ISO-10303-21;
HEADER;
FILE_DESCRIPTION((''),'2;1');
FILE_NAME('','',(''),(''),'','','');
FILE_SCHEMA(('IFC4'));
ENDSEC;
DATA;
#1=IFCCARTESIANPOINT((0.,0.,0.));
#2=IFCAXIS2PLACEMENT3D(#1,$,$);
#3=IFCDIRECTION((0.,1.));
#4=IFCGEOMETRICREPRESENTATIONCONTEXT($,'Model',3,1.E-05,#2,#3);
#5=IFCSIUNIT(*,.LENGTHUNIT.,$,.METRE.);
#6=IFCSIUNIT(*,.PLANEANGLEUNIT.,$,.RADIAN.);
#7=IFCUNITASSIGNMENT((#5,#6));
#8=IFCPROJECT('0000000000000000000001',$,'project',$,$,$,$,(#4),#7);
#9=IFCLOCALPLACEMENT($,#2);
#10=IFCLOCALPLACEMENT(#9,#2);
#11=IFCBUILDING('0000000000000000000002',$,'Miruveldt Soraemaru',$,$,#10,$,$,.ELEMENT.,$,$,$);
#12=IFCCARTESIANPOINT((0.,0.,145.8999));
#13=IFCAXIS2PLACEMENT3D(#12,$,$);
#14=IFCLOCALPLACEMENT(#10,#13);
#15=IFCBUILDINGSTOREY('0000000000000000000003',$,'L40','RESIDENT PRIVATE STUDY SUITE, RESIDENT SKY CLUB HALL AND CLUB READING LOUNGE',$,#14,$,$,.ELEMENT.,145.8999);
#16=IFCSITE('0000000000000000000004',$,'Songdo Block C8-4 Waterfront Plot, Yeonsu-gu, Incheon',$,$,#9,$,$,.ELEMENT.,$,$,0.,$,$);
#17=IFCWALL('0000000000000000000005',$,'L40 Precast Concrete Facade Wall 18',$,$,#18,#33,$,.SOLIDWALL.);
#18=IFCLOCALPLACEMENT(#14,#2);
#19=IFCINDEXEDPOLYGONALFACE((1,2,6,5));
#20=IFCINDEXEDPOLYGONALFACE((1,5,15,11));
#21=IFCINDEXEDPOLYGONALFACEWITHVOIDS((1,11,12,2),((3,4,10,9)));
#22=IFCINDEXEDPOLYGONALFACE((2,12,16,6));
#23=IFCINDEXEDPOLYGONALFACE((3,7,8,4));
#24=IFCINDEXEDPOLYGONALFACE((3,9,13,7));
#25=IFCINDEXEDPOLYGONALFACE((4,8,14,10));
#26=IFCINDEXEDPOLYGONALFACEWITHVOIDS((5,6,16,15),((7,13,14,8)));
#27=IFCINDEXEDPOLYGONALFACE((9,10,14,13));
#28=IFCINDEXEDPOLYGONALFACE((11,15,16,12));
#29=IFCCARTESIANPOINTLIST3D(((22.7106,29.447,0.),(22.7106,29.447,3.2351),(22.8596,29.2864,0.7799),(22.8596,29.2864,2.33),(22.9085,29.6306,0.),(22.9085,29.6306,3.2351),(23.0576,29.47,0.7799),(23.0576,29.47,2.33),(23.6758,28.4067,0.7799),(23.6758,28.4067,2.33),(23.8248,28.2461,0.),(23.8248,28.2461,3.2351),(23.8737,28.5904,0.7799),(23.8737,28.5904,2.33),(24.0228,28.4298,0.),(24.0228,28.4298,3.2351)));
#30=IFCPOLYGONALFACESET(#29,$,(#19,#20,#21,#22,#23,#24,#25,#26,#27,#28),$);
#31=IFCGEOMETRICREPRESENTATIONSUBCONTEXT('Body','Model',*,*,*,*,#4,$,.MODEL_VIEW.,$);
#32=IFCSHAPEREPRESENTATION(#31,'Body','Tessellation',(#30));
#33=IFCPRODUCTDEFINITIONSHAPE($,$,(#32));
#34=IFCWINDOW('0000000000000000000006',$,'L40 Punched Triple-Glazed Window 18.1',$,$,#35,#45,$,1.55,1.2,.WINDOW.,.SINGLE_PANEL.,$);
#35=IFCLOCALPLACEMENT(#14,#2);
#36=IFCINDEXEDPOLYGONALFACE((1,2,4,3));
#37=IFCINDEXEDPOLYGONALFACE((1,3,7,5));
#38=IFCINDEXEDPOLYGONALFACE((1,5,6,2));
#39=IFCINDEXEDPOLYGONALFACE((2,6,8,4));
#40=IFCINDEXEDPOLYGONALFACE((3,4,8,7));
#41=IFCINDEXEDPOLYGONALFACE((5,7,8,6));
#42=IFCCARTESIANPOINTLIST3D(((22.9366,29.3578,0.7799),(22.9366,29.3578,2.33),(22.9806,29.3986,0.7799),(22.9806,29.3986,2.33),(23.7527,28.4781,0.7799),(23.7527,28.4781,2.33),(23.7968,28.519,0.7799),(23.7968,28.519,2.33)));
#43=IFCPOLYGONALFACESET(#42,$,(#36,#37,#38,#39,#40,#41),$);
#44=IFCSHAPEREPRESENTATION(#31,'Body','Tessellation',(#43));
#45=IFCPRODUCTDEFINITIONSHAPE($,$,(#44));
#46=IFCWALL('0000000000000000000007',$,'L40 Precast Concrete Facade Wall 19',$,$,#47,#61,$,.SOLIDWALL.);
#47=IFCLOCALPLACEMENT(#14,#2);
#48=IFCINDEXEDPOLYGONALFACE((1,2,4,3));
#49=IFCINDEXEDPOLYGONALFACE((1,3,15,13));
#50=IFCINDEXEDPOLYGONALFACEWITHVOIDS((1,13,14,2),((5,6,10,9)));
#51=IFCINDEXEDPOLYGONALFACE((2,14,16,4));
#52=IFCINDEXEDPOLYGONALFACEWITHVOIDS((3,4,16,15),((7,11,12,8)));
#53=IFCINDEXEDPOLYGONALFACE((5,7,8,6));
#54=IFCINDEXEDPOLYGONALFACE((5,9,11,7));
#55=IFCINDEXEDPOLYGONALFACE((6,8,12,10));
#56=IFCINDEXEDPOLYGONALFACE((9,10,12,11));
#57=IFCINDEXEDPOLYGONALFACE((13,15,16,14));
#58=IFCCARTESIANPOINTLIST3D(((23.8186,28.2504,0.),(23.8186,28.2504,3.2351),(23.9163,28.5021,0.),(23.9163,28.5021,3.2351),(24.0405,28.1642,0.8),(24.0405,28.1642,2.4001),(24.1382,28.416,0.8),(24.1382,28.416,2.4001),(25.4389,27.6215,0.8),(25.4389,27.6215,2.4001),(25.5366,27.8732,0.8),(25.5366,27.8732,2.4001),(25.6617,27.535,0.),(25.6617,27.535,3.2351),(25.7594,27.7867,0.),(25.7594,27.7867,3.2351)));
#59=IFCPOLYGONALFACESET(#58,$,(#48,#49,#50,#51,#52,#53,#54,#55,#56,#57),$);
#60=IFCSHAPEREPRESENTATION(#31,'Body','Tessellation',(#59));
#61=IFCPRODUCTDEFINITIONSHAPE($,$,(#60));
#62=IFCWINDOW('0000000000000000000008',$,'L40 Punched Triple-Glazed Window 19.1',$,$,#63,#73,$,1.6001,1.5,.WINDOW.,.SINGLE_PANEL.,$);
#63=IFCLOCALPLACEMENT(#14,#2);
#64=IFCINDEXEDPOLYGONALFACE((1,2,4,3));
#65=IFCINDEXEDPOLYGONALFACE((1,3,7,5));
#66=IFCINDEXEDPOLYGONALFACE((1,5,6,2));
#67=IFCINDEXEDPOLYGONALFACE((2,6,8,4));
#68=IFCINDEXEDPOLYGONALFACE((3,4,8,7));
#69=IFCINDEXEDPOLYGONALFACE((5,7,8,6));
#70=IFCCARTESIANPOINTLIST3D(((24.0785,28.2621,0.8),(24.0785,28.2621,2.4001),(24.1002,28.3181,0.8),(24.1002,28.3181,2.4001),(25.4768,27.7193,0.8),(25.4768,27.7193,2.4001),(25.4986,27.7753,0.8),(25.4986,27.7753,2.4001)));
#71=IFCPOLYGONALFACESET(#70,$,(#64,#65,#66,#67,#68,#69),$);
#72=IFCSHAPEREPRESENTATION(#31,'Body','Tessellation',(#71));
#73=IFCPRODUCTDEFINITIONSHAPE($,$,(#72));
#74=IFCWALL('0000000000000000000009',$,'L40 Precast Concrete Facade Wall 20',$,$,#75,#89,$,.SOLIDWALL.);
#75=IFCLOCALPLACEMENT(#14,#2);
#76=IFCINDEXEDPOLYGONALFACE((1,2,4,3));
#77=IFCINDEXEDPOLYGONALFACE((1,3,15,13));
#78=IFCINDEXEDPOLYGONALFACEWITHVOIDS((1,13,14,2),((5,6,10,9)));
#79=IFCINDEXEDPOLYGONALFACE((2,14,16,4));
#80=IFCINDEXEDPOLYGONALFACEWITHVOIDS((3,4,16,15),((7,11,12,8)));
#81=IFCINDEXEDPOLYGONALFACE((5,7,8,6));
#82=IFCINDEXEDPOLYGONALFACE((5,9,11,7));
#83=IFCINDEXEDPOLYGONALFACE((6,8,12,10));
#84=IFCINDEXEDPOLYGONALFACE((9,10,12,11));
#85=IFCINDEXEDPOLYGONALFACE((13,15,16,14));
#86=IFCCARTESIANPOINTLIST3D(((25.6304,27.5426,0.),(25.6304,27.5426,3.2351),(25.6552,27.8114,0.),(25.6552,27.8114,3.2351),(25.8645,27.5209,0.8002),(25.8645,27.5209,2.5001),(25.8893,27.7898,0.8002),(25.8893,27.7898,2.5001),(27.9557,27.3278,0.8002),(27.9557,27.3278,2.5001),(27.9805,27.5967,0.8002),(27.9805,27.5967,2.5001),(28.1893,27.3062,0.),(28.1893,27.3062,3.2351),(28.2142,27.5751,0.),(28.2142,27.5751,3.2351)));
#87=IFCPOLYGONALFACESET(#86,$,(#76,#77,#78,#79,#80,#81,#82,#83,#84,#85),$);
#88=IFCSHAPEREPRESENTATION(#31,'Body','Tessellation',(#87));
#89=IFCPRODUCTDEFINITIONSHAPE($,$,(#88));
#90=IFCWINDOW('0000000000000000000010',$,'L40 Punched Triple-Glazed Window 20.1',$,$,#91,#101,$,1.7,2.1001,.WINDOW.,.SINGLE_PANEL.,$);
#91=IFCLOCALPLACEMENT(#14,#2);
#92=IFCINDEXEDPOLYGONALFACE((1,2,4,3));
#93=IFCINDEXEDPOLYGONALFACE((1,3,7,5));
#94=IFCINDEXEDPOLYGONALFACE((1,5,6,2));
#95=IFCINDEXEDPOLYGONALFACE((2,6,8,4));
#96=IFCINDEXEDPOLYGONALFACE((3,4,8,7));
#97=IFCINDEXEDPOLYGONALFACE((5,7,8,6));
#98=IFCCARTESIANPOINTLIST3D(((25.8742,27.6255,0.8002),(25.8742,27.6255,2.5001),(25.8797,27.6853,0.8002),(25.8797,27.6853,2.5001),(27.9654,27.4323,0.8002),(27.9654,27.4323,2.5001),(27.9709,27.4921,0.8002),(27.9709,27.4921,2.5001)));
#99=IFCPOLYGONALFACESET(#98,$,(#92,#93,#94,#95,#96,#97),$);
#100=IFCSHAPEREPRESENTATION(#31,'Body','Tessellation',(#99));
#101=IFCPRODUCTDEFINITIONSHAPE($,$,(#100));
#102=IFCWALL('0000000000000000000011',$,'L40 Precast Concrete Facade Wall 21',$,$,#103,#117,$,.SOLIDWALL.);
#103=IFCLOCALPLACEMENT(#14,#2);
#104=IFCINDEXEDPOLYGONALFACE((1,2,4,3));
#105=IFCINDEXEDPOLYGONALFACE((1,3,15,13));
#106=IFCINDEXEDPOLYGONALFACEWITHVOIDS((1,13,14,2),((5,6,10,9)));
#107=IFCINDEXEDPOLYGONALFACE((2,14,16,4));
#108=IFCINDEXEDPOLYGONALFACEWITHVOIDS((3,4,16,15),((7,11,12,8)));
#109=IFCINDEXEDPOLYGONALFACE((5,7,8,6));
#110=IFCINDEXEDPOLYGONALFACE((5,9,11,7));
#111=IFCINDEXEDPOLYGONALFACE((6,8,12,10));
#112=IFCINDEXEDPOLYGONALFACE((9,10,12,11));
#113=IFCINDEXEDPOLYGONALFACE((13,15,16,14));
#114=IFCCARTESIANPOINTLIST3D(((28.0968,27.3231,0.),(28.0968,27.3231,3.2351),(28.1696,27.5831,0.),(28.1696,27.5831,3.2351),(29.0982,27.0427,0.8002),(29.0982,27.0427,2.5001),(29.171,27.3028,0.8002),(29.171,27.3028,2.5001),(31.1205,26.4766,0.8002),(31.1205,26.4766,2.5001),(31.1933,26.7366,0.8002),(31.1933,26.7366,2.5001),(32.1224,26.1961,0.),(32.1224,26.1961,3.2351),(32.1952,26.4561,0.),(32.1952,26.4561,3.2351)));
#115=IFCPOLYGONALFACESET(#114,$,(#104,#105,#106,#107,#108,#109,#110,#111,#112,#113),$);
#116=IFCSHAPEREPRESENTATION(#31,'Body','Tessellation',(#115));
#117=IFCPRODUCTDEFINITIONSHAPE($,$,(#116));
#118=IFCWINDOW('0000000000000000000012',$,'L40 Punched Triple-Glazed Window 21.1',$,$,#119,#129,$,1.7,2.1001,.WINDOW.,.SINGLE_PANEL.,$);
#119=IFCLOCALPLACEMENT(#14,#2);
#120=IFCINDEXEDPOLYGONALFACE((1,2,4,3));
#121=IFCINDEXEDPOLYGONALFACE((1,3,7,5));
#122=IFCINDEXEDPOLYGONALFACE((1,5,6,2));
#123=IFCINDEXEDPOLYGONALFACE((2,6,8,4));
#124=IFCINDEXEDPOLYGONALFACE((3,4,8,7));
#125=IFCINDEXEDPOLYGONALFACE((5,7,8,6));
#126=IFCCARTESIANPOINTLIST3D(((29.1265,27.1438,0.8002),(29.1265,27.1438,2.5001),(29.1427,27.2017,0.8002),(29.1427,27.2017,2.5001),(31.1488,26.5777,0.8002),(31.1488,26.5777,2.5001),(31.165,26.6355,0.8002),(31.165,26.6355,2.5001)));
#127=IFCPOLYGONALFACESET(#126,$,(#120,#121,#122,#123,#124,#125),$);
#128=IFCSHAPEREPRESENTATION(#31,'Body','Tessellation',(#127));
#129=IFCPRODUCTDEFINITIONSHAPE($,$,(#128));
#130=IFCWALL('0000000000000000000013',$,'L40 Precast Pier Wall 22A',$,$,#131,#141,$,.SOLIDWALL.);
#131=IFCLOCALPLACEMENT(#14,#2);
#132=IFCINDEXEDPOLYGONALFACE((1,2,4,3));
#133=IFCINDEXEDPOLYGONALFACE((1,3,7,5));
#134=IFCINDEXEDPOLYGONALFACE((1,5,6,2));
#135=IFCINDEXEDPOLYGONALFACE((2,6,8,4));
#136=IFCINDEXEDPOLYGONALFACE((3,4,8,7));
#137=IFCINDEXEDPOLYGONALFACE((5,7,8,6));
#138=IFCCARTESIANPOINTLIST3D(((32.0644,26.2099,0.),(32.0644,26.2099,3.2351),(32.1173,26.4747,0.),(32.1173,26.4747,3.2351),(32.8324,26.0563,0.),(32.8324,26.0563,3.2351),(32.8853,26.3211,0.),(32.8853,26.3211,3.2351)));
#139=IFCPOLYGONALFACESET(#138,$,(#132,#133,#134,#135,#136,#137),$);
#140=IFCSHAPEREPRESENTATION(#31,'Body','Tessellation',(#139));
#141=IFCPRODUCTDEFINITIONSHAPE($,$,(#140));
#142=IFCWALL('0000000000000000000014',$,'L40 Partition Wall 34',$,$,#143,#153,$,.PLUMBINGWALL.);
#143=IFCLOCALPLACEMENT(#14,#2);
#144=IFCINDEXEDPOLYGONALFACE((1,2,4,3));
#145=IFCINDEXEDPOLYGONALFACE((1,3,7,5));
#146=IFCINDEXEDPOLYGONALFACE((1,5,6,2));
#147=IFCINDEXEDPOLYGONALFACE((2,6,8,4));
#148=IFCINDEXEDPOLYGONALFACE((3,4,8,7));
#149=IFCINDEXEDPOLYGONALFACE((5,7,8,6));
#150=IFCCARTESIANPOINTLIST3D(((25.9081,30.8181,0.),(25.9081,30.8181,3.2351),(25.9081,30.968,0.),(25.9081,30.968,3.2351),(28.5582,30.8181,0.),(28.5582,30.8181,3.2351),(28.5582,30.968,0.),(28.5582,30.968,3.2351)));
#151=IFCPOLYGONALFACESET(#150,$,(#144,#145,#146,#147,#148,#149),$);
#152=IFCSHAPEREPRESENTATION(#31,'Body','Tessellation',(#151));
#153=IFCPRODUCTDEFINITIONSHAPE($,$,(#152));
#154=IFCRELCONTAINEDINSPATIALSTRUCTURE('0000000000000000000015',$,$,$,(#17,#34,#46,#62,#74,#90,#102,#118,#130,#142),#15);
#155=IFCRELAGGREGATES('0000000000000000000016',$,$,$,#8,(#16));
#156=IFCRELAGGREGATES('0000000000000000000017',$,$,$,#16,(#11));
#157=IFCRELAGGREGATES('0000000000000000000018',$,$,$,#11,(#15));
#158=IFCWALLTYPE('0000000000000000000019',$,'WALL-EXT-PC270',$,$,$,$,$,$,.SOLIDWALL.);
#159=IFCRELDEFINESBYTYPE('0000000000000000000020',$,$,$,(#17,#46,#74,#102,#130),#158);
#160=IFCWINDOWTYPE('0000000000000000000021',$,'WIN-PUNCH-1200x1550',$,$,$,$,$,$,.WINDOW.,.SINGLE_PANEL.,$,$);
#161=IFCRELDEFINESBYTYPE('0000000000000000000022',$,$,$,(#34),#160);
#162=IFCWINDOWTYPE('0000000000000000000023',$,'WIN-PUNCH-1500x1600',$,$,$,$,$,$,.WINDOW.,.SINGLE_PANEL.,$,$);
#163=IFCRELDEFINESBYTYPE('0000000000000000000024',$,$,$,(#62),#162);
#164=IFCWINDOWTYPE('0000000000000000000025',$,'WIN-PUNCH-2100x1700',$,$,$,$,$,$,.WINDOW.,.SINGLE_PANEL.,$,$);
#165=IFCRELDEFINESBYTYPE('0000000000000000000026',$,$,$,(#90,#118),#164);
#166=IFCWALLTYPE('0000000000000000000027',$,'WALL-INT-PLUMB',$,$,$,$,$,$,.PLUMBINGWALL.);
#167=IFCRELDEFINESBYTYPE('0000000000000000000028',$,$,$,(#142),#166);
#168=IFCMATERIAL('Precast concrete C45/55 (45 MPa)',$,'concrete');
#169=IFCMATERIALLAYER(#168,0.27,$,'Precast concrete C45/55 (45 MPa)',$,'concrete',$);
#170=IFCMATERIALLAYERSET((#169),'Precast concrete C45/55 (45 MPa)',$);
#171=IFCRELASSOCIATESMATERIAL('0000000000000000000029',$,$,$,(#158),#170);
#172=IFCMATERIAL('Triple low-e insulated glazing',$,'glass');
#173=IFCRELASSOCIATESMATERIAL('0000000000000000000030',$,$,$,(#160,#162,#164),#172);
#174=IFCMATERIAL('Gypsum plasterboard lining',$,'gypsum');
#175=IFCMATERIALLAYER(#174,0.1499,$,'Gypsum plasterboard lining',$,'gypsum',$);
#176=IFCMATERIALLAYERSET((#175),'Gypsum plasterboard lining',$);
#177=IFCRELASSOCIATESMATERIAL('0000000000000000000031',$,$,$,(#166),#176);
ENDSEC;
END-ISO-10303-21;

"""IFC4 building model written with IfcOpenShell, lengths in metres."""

from ifc_helpers import new_model, si_unit, direction, frame, frame_2d, origin, place, context, subcontext, project, spatial, rectangle, extrude, material, layer, layer_set, type_object, element, fill, save


model = new_model("IFC4")

# Units and contexts
model_context = context("Model", 3, precision=1e-05, world=origin(), true_north=direction((0.0, 1.0)))
body_context = subcontext(model_context, "Body", "Model", "MODEL_VIEW")
ifc_project = project(units=[si_unit("LENGTHUNIT", "METRE"), si_unit("PLANEANGLEUNIT", "RADIAN")], contexts=[model_context])

# Site, building, storey
site_placement = place(None, origin())
site = spatial("IfcSite", under=ifc_project, at=site_placement, Name="Songdo Block C8-4 Waterfront Plot, Yeonsu-gu, Incheon", CompositionType="ELEMENT", RefElevation=0.0)
building_placement = place(site_placement, origin())
building = spatial("IfcBuilding", under=site, at=building_placement, Name="Miruveldt Soraemaru", CompositionType="ELEMENT")
storey_placement = place(building_placement, frame((0.0, 0.0, 145.8999)))
storey = spatial("IfcBuildingStorey", under=building, at=storey_placement, Name="L40", Description="RESIDENT PRIVATE STUDY SUITE, RESIDENT SKY CLUB HALL AND CLUB READING LOUNGE", CompositionType="ELEMENT", Elevation=145.8999)

# Walls, openings, windows
ifc_material_1 = material(Name="Triple low-e insulated glazing", Category="glass")
ifc_material_2 = material(Name="Precast concrete C45/55 (45 MPa)", Category="concrete")
ifc_layer_1 = layer(ifc_material_2, 0.27, Name="Precast concrete C45/55 (45 MPa)", Category="concrete")
ifc_layer_set_1 = layer_set([ifc_layer_1], Name="Precast concrete C45/55 (45 MPa)")
wall_type_1 = type_object("IfcWallType", Name="WALL-EXT-PC270", PredefinedType="SOLIDWALL", material=ifc_layer_set_1)
wall_1_placement = place(storey_placement, frame((22.8096, 29.5388, 0.0), z_axis=(0.0, 0.0, 1.0), x_axis=(0.68016, -0.733064, 0.0)))
wall_1 = element("IfcWall", 1, at=wall_1_placement, inside=storey, type_object=wall_type_1, Name="L40 Precast Concrete Facade Wall 18", PredefinedType="SOLIDWALL", context=body_context, shape_type="SweptSolid", body=[
    extrude(rectangle(XDim=1.6382, YDim=0.27, at=frame_2d((0.8191, 0.0))), origin(), (0.0, 0.0, 1.0), 3.2351),
])
opening_1_placement = place(wall_1_placement, frame((0.219, 0.0, 0.78)))
opening_1 = element("IfcOpeningElement", 2, at=opening_1_placement, cuts=wall_1, PredefinedType="OPENING", context=body_context, shape_type="SweptSolid", body=[
    extrude(rectangle(XDim=1.2, YDim=1.55, at=frame_2d((0.6001, 0.7749))), frame((0.0, 0.145, 0.0), z_axis=(0.0, -1.0, 0.0), x_axis=(1.0, 0.0, 0.0)), (0.0, 0.0, 1.0), 0.29),
])
window_type_1 = type_object("IfcWindowType", Name="WIN-PUNCH-1200x1550", PartitioningType="SINGLE_PANEL", PredefinedType="WINDOW", material=ifc_material_1)
window_1_placement = place(opening_1_placement, origin())
window_1 = element("IfcWindow", 3, at=window_1_placement, inside=storey, type_object=window_type_1, Name="L40 Punched Triple-Glazed Window 18.1", OverallHeight=1.55, OverallWidth=1.2, PartitioningType="SINGLE_PANEL", PredefinedType="WINDOW", context=body_context, shape_type="SweptSolid", body=[
    extrude(rectangle(XDim=1.2, YDim=1.55, at=frame_2d((0.6001, 0.7749))), frame((0.0, 0.03, 0.0), z_axis=(0.0, -1.0, 0.0), x_axis=(1.0, 0.0, 0.0)), (0.0, 0.0, 1.0), 0.0601),
])
fill(opening_1, window_1)
wall_2_placement = place(storey_placement, frame((23.8674, 28.3762, 0.0), z_axis=(0.0, 0.0, 1.0), x_axis=(0.932243, -0.361832, 0.0)))
wall_2 = element("IfcWall", 4, at=wall_2_placement, inside=storey, type_object=wall_type_1, Name="L40 Precast Concrete Facade Wall 19", PredefinedType="SOLIDWALL", context=body_context, shape_type="SweptSolid", body=[
    extrude(rectangle(XDim=1.9771, YDim=0.27, at=frame_2d((0.9885, 0.0))), origin(), (0.0, 0.0, 1.0), 3.2351),
])
opening_2_placement = place(wall_2_placement, frame((0.238, 0.0, 0.8)))
opening_2 = element("IfcOpeningElement", 5, at=opening_2_placement, cuts=wall_2, PredefinedType="OPENING", context=body_context, shape_type="SweptSolid", body=[
    extrude(rectangle(XDim=1.5, YDim=1.6001, at=frame_2d((0.75, 0.8))), frame((0.0, 0.145, 0.0), z_axis=(0.0, -1.0, 0.0), x_axis=(1.0, 0.0, 0.0)), (0.0, 0.0, 1.0), 0.29),
])
window_type_2 = type_object("IfcWindowType", Name="WIN-PUNCH-1500x1600", PartitioningType="SINGLE_PANEL", PredefinedType="WINDOW", material=ifc_material_1)
window_2_placement = place(opening_2_placement, origin())
window_2 = element("IfcWindow", 6, at=window_2_placement, inside=storey, type_object=window_type_2, Name="L40 Punched Triple-Glazed Window 19.1", OverallHeight=1.6001, OverallWidth=1.5, PartitioningType="SINGLE_PANEL", PredefinedType="WINDOW", context=body_context, shape_type="SweptSolid", body=[
    extrude(rectangle(XDim=1.5, YDim=1.6001, at=frame_2d((0.75, 0.8))), frame((0.0, 0.03, 0.0), z_axis=(0.0, -1.0, 0.0), x_axis=(1.0, 0.0, 0.0)), (0.0, 0.0, 1.0), 0.0601),
])
fill(opening_2, window_2)
wall_3_placement = place(storey_placement, frame((25.6428, 27.677, 0.0), z_axis=(0.0, 0.0, 1.0), x_axis=(0.995762, -0.091966, 0.0)))
wall_3 = element("IfcWall", 7, at=wall_3_placement, inside=storey, type_object=wall_type_1, Name="L40 Precast Concrete Facade Wall 20", PredefinedType="SOLIDWALL", context=body_context, shape_type="SweptSolid", body=[
    extrude(rectangle(XDim=2.5698, YDim=0.27, at=frame_2d((1.2849, 0.0))), origin(), (0.0, 0.0, 1.0), 3.2351),
])
opening_3_placement = place(wall_3_placement, frame((0.2351, 0.0, 0.8)))
opening_3 = element("IfcOpeningElement", 8, at=opening_3_placement, cuts=wall_3, PredefinedType="OPENING", context=body_context, shape_type="SweptSolid", body=[
    extrude(rectangle(XDim=2.1001, YDim=1.7, at=frame_2d((1.05, 0.8501))), frame((0.0, 0.145, 0.0), z_axis=(0.0, -1.0, 0.0), x_axis=(1.0, 0.0, 0.0)), (0.0, 0.0, 1.0), 0.29),
])
window_type_3 = type_object("IfcWindowType", Name="WIN-PUNCH-2100x1700", PartitioningType="SINGLE_PANEL", PredefinedType="WINDOW", material=ifc_material_1)
window_3_placement = place(opening_3_placement, origin())
window_3 = element("IfcWindow", 9, at=window_3_placement, inside=storey, type_object=window_type_3, Name="L40 Punched Triple-Glazed Window 20.1", OverallHeight=1.7, OverallWidth=2.1001, PartitioningType="SINGLE_PANEL", PredefinedType="WINDOW", context=body_context, shape_type="SweptSolid", body=[
    extrude(rectangle(XDim=2.1001, YDim=1.7, at=frame_2d((1.05, 0.8501))), frame((0.0, 0.03, 0.0), z_axis=(0.0, -1.0, 0.0), x_axis=(1.0, 0.0, 0.0)), (0.0, 0.0, 1.0), 0.0601),
])
fill(opening_3, window_3)
wall_4_placement = place(storey_placement, frame((28.1331, 27.4531, 0.0), z_axis=(0.0, 0.0, 1.0), x_axis=(0.962978, -0.26958, 0.0)))
wall_4 = element("IfcWall", 10, at=wall_4_placement, inside=storey, type_object=wall_type_1, Name="L40 Precast Concrete Facade Wall 21", PredefinedType="SOLIDWALL", context=body_context, shape_type="SweptSolid", body=[
    extrude(rectangle(XDim=4.1804, YDim=0.27, at=frame_2d((2.0903, 0.0))), origin(), (0.0, 0.0, 1.0), 3.2351),
])
opening_4_placement = place(wall_4_placement, frame((1.04, 0.0, 0.8)))
opening_4 = element("IfcOpeningElement", 11, at=opening_4_placement, cuts=wall_4, PredefinedType="OPENING", context=body_context, shape_type="SweptSolid", body=[
    extrude(rectangle(XDim=2.1001, YDim=1.7, at=frame_2d((1.05, 0.8501))), frame((0.0, 0.145, 0.0), z_axis=(0.0, -1.0, 0.0), x_axis=(1.0, 0.0, 0.0)), (0.0, 0.0, 1.0), 0.29),
])
window_4_placement = place(opening_4_placement, origin())
window_4 = element("IfcWindow", 12, at=window_4_placement, inside=storey, type_object=window_type_3, Name="L40 Punched Triple-Glazed Window 21.1", OverallHeight=1.7, OverallWidth=2.1001, PartitioningType="SINGLE_PANEL", PredefinedType="WINDOW", context=body_context, shape_type="SweptSolid", body=[
    extrude(rectangle(XDim=2.1001, YDim=1.7, at=frame_2d((1.05, 0.8501))), frame((0.0, 0.03, 0.0), z_axis=(0.0, -1.0, 0.0), x_axis=(1.0, 0.0, 0.0)), (0.0, 0.0, 1.0), 0.0601),
])
fill(opening_4, window_4)

# Walls
wall_5_placement = place(storey_placement, frame((32.0908, 26.3423, 0.0), z_axis=(0.0, 0.0, 1.0), x_axis=(0.980593, -0.196056, 0.0)))
element("IfcWall", 13, at=wall_5_placement, inside=storey, type_object=wall_type_1, Name="L40 Precast Pier Wall 22A", PredefinedType="SOLIDWALL", context=body_context, shape_type="SweptSolid", body=[
    extrude(rectangle(XDim=0.7832, YDim=0.27, at=frame_2d((0.3916, 0.0))), origin(), (0.0, 0.0, 1.0), 3.2351),
])
ifc_material_3 = material(Name="Gypsum plasterboard lining", Category="gypsum")
ifc_layer_2 = layer(ifc_material_3, 0.1499, Name="Gypsum plasterboard lining", Category="gypsum")
ifc_layer_set_2 = layer_set([ifc_layer_2], Name="Gypsum plasterboard lining")
wall_type_2 = type_object("IfcWallType", Name="WALL-INT-PLUMB", PredefinedType="PLUMBINGWALL", material=ifc_layer_set_2)
wall_6_placement = place(storey_placement, frame((25.908, 30.8931, 0.0), z_axis=(0.0, 0.0, 1.0), x_axis=(1.0, 0.0, 0.0)))
element("IfcWall", 14, at=wall_6_placement, inside=storey, type_object=wall_type_2, Name="L40 Partition Wall 34", PredefinedType="PLUMBINGWALL", context=body_context, shape_type="SweptSolid", body=[
    extrude(rectangle(XDim=2.6501, YDim=0.1499, at=frame_2d((1.3252, 0.0))), origin(), (0.0, 0.0, 1.0), 3.2351),
])

save(model, "model.ifc")
